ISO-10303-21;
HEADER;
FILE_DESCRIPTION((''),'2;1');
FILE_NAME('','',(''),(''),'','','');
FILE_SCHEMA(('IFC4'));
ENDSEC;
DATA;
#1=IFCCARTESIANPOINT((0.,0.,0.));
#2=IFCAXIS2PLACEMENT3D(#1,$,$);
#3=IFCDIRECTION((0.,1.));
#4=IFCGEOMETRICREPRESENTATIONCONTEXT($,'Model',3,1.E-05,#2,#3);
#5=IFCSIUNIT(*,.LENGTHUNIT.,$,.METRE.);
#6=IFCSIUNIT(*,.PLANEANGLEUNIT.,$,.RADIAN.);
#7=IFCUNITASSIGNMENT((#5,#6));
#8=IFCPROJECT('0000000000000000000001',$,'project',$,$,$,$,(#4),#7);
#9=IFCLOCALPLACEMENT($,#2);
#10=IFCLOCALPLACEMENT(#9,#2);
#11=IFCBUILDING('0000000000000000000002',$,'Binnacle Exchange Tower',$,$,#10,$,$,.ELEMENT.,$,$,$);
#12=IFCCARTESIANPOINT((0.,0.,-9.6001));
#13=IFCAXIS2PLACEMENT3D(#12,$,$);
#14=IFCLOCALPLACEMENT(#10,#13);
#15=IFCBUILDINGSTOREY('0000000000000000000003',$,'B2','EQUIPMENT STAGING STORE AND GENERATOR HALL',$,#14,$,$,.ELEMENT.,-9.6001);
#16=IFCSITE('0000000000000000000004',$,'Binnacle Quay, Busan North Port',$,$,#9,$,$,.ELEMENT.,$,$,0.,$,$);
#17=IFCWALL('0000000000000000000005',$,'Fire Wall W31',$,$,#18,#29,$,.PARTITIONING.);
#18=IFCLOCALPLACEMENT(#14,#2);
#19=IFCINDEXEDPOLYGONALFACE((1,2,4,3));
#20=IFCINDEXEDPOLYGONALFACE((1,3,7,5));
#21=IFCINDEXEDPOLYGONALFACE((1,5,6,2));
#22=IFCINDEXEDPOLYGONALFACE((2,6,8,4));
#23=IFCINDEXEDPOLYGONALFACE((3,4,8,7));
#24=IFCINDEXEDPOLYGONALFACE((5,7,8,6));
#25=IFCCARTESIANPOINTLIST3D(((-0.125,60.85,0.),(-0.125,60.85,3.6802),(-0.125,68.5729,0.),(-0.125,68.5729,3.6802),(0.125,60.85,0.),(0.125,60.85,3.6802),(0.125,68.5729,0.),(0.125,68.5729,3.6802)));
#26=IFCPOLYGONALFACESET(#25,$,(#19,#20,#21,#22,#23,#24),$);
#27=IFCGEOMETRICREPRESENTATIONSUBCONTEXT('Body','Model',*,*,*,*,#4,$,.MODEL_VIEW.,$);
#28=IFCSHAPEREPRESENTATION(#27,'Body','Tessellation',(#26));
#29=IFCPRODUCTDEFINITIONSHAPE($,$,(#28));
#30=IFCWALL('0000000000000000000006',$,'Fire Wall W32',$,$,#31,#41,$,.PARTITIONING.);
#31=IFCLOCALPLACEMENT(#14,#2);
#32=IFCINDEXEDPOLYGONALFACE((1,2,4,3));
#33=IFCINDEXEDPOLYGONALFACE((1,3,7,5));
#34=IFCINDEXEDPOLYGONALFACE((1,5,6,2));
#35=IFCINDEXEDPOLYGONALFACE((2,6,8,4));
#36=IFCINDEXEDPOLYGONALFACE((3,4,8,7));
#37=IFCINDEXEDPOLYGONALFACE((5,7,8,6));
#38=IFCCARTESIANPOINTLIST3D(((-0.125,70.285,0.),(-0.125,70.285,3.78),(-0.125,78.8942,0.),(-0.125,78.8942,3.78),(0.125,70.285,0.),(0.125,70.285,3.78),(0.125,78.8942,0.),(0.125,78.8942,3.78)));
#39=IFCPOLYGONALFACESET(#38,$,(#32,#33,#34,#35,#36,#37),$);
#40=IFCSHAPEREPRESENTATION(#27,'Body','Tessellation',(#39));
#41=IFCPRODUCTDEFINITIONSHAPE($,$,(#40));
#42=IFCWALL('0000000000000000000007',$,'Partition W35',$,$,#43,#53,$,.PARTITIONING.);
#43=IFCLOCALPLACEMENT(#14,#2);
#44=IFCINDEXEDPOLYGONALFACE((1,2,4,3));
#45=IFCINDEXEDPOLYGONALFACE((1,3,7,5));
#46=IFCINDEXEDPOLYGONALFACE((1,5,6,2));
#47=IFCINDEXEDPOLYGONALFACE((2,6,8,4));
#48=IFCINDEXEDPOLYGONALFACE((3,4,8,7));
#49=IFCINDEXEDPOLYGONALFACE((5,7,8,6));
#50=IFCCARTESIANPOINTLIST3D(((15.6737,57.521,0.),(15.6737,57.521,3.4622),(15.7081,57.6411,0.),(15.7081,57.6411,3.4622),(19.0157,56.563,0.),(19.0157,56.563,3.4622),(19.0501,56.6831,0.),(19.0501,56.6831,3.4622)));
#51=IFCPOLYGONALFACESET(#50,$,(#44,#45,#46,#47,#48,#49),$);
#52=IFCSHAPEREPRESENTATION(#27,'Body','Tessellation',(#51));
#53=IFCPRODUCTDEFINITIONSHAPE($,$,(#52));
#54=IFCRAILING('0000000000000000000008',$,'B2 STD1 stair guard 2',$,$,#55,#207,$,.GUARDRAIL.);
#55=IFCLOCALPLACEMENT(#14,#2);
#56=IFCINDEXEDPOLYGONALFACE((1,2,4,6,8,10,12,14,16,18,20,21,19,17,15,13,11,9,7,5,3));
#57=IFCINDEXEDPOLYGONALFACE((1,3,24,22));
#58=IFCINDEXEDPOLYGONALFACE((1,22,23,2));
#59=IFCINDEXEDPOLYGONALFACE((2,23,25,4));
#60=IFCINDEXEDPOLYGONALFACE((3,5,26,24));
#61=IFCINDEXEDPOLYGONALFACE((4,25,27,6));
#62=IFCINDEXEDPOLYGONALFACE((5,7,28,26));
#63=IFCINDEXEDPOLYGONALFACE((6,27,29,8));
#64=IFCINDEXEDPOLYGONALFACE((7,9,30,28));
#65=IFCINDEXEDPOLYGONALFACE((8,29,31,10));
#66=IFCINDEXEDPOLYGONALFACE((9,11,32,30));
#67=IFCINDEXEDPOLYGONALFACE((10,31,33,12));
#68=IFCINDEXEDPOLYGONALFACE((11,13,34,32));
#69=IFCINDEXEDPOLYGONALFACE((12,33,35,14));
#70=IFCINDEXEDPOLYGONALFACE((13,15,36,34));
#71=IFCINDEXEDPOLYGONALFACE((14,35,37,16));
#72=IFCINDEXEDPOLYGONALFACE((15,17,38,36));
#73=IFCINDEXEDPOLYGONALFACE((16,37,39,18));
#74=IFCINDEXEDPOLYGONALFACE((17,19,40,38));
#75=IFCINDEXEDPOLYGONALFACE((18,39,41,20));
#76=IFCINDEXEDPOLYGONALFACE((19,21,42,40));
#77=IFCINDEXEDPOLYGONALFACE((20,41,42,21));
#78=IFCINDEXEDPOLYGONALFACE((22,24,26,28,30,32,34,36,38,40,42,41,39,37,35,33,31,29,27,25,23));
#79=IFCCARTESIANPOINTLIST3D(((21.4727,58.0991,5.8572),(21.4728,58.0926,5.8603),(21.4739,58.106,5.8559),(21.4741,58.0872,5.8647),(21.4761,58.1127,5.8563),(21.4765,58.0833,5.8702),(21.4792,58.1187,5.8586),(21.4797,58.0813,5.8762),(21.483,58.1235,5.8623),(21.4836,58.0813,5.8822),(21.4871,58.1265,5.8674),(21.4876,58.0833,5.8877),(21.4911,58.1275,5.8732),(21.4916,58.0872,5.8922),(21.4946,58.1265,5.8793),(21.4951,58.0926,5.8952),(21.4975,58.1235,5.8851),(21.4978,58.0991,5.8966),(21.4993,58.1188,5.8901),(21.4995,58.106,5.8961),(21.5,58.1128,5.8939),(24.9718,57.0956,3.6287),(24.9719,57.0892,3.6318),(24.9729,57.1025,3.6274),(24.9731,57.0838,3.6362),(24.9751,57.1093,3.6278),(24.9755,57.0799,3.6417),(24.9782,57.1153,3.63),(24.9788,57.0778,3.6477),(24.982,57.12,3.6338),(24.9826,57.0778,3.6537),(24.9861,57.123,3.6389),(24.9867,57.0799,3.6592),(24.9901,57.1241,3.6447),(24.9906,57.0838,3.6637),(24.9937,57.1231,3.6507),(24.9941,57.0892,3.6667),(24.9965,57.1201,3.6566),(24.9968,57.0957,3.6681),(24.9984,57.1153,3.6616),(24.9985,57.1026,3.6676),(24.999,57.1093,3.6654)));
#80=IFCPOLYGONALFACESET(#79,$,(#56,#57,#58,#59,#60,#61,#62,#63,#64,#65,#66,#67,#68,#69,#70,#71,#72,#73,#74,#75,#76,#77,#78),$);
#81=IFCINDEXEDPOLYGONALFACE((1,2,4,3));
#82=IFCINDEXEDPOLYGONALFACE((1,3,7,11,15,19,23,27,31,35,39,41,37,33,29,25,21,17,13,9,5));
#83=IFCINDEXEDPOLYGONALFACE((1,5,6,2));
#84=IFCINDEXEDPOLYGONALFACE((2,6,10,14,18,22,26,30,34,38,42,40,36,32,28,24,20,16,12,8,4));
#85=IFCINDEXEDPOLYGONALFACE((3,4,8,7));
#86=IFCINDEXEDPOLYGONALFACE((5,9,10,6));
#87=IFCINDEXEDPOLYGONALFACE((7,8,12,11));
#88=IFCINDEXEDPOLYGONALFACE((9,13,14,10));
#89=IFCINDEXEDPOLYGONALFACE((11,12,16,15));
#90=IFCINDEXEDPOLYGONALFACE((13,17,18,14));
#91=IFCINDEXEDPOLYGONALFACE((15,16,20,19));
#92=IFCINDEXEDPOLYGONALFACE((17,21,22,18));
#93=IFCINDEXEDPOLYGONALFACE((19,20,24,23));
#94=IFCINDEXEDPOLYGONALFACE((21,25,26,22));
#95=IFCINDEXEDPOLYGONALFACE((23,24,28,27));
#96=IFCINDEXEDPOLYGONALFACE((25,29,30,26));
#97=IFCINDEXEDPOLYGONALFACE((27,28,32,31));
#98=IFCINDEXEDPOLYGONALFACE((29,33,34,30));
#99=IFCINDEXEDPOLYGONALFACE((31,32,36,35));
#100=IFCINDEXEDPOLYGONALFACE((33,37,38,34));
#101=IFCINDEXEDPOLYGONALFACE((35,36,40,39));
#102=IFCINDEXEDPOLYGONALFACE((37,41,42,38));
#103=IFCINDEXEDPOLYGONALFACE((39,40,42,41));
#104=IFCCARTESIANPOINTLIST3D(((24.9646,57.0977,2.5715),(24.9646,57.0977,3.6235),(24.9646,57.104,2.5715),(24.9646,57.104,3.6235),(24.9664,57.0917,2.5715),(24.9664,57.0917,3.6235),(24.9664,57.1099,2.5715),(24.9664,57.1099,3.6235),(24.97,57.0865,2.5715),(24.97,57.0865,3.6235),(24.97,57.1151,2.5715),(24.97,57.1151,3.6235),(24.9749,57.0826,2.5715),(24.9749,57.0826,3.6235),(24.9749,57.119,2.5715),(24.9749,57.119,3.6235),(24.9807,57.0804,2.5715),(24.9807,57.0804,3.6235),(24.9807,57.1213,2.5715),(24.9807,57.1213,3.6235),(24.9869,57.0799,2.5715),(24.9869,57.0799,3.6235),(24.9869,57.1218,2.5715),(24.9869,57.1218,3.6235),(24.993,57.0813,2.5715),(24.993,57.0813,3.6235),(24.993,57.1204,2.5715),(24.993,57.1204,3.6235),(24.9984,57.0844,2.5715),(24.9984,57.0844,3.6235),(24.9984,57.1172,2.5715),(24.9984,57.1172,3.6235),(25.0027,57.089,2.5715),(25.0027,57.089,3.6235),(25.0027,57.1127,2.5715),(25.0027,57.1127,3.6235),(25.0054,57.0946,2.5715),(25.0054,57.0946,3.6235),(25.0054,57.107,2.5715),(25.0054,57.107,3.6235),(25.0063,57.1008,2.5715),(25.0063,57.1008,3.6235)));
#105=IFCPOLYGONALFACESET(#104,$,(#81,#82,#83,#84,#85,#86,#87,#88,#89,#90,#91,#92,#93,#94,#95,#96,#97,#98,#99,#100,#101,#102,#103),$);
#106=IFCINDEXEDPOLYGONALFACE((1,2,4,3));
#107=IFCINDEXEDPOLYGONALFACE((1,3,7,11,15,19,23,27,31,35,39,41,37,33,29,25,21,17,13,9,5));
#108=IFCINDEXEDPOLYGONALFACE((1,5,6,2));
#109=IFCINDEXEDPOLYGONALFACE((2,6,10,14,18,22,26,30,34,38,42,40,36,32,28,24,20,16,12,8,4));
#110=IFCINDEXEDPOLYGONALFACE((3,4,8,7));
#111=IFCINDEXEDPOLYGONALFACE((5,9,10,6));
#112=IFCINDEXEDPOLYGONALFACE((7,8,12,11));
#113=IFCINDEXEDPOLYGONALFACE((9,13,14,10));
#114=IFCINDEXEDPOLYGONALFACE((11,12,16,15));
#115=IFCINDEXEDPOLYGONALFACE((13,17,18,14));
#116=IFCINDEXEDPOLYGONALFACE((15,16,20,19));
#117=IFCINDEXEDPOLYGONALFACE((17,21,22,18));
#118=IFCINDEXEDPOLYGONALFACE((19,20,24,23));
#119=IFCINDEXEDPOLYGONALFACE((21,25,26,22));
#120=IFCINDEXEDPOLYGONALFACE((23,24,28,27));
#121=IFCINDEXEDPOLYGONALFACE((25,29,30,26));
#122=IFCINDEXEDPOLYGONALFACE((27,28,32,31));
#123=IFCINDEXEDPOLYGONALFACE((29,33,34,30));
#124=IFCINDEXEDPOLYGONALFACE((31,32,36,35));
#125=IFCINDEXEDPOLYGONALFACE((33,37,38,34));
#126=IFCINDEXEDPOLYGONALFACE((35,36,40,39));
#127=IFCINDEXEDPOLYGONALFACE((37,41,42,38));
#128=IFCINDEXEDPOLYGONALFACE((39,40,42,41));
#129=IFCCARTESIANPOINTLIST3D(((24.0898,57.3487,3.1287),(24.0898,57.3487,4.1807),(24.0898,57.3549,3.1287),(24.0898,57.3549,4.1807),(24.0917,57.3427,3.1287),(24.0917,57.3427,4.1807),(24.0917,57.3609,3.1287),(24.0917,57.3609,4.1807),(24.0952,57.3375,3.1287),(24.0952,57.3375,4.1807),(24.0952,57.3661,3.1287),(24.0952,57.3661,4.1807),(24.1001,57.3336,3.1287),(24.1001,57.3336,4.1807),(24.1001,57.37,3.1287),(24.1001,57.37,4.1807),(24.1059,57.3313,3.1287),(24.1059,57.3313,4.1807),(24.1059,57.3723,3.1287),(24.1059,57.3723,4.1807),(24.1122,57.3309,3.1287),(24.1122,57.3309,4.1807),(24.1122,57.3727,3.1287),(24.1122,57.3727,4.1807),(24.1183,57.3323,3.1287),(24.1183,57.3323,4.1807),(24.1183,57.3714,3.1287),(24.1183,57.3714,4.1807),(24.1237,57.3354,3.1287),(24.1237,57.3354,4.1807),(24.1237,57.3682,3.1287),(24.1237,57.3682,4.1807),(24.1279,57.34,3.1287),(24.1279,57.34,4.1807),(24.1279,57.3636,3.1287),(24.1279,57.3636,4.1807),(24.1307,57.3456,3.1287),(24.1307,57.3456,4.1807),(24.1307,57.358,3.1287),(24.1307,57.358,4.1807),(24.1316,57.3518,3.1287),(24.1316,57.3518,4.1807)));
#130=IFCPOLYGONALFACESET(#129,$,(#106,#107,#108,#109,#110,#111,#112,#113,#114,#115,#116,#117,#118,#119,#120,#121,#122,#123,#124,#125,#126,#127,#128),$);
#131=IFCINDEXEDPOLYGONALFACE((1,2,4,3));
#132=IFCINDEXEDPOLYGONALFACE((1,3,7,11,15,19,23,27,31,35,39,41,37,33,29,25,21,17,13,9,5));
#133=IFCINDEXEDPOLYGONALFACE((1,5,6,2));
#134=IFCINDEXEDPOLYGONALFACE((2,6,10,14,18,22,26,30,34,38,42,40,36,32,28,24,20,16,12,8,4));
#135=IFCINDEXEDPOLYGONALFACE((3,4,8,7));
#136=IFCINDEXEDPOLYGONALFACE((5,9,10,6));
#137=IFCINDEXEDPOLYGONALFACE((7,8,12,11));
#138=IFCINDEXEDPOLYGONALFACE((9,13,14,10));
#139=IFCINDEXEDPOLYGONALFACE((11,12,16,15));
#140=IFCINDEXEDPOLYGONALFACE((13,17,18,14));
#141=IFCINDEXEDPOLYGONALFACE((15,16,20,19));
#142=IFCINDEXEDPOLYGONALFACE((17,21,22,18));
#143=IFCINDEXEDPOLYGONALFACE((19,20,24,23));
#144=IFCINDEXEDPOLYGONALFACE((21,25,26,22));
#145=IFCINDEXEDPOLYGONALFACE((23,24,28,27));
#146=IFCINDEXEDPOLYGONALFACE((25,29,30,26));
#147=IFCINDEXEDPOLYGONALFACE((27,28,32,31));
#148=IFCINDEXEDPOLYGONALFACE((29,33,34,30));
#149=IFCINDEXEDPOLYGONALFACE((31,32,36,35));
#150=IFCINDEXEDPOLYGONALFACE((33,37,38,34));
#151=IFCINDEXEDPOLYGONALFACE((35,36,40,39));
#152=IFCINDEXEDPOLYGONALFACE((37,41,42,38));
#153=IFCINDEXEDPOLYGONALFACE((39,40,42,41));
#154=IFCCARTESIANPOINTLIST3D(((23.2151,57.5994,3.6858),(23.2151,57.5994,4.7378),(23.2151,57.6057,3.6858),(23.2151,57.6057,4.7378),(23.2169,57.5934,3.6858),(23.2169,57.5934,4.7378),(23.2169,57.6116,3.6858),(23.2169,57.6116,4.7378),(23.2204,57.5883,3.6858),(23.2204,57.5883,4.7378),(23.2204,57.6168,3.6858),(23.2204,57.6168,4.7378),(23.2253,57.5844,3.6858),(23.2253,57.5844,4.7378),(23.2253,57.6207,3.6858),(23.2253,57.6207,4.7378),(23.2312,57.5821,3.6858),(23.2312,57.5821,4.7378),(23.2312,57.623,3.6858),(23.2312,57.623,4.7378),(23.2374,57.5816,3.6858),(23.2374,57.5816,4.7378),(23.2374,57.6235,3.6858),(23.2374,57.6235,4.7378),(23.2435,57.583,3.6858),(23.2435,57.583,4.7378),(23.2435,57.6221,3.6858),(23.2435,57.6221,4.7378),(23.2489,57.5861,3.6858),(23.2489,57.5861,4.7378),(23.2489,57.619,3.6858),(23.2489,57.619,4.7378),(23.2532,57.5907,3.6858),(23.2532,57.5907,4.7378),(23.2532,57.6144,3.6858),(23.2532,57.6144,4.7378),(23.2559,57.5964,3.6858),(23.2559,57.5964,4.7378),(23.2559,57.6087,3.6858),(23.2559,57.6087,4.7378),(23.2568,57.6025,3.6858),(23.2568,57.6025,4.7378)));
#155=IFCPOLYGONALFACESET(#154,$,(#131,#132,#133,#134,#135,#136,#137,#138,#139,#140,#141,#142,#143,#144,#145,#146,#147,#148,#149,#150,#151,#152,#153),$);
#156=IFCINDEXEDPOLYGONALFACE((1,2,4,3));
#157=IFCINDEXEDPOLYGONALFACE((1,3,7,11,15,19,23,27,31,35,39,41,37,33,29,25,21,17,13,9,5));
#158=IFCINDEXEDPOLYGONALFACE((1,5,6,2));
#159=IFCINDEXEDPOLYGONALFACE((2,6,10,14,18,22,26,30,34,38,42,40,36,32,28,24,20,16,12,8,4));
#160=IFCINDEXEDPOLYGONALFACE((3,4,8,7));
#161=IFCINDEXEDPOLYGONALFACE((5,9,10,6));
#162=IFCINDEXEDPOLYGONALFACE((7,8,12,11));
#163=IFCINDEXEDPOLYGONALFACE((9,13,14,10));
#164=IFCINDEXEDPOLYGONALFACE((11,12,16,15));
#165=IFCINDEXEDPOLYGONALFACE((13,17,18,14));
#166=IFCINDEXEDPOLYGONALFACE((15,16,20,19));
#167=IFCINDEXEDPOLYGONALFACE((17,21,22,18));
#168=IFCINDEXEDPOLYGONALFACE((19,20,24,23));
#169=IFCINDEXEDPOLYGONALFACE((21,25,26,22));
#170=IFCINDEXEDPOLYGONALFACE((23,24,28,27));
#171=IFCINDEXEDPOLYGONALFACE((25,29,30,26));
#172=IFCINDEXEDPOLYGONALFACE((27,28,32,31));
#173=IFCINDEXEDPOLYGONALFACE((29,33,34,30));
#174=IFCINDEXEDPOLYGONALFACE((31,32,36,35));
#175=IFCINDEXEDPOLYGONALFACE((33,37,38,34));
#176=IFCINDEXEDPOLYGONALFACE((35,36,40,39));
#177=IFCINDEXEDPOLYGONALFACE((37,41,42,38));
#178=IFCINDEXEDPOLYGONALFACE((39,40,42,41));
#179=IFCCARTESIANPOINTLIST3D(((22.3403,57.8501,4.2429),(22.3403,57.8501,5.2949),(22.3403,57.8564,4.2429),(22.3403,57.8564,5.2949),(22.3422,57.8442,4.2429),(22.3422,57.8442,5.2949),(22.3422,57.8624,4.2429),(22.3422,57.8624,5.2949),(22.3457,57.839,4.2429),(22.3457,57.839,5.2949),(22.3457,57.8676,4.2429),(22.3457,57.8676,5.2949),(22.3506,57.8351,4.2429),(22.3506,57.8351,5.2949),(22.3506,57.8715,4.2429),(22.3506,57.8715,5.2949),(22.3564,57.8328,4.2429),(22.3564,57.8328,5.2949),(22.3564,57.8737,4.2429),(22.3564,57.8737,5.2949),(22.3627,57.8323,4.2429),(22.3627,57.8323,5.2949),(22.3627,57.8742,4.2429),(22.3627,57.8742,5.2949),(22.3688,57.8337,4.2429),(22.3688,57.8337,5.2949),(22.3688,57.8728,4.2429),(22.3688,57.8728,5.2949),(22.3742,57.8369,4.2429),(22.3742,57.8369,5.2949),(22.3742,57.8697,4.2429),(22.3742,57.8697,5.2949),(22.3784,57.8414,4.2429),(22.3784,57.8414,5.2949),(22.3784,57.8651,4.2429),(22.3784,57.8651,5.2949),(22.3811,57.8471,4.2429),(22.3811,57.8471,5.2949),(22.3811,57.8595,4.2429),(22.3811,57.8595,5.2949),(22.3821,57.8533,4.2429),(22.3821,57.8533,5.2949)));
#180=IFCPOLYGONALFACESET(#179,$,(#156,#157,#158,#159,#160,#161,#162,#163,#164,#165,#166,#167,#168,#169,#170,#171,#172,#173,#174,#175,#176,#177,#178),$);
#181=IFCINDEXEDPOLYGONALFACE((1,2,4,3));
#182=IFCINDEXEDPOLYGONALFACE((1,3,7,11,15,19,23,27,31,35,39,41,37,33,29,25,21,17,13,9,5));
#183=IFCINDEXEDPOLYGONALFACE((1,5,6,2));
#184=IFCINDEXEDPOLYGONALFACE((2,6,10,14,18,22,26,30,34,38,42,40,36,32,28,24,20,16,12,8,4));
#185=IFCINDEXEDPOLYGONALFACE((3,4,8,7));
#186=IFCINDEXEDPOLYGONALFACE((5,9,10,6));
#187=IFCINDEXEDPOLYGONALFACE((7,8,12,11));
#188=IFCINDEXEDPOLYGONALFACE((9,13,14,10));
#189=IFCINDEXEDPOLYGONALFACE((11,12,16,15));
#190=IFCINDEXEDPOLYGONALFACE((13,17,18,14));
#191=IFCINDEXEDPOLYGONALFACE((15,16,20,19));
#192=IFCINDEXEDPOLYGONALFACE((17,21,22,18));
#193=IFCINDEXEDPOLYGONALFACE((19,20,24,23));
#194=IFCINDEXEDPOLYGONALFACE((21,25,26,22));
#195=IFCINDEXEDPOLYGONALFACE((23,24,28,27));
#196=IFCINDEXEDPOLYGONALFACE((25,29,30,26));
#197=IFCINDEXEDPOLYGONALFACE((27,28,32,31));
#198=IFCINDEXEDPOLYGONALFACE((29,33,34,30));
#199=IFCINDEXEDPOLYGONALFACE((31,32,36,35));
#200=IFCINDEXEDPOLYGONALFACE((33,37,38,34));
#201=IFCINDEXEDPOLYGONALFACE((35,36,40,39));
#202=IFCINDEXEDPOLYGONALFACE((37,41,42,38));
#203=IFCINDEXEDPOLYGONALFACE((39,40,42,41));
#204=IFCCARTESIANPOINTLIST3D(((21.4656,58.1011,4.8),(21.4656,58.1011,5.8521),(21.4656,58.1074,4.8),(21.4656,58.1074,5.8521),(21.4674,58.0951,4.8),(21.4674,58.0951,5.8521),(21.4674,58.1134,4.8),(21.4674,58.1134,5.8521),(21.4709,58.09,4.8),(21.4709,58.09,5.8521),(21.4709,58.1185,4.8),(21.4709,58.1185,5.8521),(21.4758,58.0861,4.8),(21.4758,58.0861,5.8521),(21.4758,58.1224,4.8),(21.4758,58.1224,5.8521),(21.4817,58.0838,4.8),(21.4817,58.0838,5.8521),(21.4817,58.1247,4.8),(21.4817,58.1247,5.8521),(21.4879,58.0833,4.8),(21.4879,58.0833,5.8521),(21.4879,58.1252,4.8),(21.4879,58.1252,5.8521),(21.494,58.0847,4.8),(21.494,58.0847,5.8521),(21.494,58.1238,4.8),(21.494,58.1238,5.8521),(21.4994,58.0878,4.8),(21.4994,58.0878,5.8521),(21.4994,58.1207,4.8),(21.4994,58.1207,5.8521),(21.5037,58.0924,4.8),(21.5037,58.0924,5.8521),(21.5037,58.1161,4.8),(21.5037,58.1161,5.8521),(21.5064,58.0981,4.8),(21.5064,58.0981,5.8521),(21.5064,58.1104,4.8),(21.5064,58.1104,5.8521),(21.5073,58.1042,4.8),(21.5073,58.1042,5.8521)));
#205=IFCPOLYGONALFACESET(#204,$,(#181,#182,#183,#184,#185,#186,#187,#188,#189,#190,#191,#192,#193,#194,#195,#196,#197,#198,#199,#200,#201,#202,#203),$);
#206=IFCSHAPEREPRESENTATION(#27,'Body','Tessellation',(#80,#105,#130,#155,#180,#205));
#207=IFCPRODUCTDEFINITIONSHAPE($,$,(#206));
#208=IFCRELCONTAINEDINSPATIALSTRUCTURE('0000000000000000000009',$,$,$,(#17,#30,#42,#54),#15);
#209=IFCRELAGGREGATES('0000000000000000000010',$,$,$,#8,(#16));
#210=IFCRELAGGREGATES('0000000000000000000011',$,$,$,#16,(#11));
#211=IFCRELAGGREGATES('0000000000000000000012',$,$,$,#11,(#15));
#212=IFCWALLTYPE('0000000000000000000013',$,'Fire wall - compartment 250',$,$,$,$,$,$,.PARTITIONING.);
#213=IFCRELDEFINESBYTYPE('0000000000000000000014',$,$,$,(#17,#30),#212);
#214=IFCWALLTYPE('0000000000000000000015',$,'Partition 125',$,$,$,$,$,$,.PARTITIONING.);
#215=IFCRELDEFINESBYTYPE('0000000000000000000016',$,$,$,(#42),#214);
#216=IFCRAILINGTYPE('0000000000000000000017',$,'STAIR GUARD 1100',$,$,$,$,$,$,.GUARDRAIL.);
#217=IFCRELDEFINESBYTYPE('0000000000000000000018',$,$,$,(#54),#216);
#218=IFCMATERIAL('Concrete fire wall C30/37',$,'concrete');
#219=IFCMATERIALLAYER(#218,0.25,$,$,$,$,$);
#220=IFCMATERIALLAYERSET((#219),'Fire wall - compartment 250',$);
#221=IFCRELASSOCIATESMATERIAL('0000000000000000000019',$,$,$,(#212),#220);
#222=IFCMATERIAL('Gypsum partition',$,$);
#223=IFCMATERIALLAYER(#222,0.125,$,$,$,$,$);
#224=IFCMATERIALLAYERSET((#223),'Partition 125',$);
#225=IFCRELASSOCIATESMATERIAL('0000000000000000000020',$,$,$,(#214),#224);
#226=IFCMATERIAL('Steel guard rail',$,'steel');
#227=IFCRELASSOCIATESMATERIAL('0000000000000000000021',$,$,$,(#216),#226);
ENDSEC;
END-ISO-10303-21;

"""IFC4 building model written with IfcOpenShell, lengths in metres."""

from ifc_helpers import new_model, si_unit, direction, frame, frame_2d, origin, origin_2d, place, context, subcontext, project, spatial, rectangle, circle, extrude, material, layer, layer_set, type_object, element, save


model = new_model("IFC4")

# Units and contexts
model_context = context("Model", 3, precision=1e-05, world=origin(), true_north=direction((0.0, 1.0)))
body_context = subcontext(model_context, "Body", "Model", "MODEL_VIEW")
ifc_project = project(units=[si_unit("LENGTHUNIT", "METRE"), si_unit("PLANEANGLEUNIT", "RADIAN")], contexts=[model_context])

# Site, building, storey
site_placement = place(None, origin())
site = spatial("IfcSite", under=ifc_project, at=site_placement, Name="Binnacle Quay, Busan North Port", CompositionType="ELEMENT", RefElevation=0.0)
building_placement = place(site_placement, origin())
building = spatial("IfcBuilding", under=site, at=building_placement, Name="Binnacle Exchange Tower", CompositionType="ELEMENT")
storey_placement = place(building_placement, frame((0.0, 0.0, -9.6001)))
storey = spatial("IfcBuildingStorey", under=building, at=storey_placement, Name="B2", Description="EQUIPMENT STAGING STORE AND GENERATOR HALL", CompositionType="ELEMENT", Elevation=-9.6001)

# Walls
ifc_material_1 = material(Name="Concrete fire wall C30/37", Category="concrete")
ifc_layer_1 = layer(ifc_material_1, 0.25)
ifc_layer_set_1 = layer_set([ifc_layer_1], Name="Fire wall - compartment 250")
wall_type_1 = type_object("IfcWallType", Name="Fire wall - compartment 250", PredefinedType="PARTITIONING", material=ifc_layer_set_1)
wall_1_placement = place(storey_placement, frame((0.0, 60.8501, 0.0), z_axis=(0.0, 0.0, 1.0), x_axis=(0.0, 1.0, 0.0)))
element("IfcWall", 1, at=wall_1_placement, inside=storey, type_object=wall_type_1, Name="Fire Wall W31", PredefinedType="PARTITIONING", context=body_context, shape_type="SweptSolid", body=[
    extrude(rectangle(XDim=7.7229, YDim=0.25, at=frame_2d((3.8613, 0.0))), origin(), (0.0, 0.0, 1.0), 3.6802),
])
wall_2_placement = place(storey_placement, frame((0.0, 70.2849, 0.0), z_axis=(0.0, 0.0, 1.0), x_axis=(0.0, 1.0, 0.0)))
element("IfcWall", 2, at=wall_2_placement, inside=storey, type_object=wall_type_1, Name="Fire Wall W32", PredefinedType="PARTITIONING", context=body_context, shape_type="SweptSolid", body=[
    extrude(rectangle(XDim=8.6091, YDim=0.25, at=frame_2d((4.3047, 0.0))), origin(), (0.0, 0.0, 1.0), 3.78),
])
ifc_material_2 = material(Name="Gypsum partition")
ifc_layer_2 = layer(ifc_material_2, 0.125)
ifc_layer_set_2 = layer_set([ifc_layer_2], Name="Partition 125")
wall_type_2 = type_object("IfcWallType", Name="Partition 125", PredefinedType="PARTITIONING", material=ifc_layer_set_2)
wall_3_placement = place(storey_placement, frame((15.6909, 57.5811, 0.0), z_axis=(0.0, 0.0, 1.0), x_axis=(0.961285, -0.275556, 0.0)))
element("IfcWall", 3, at=wall_3_placement, inside=storey, type_object=wall_type_2, Name="Partition W35", PredefinedType="PARTITIONING", context=body_context, shape_type="SweptSolid", body=[
    extrude(rectangle(XDim=3.4766, YDim=0.125, at=frame_2d((1.7383, 0.0))), origin(), (0.0, 0.0, 1.0), 3.4622),
])

# Railing
ifc_material_3 = material(Name="Steel guard rail", Category="steel")
railing_type = type_object("IfcRailingType", Name="STAIR GUARD 1100", PredefinedType="GUARDRAIL", material=ifc_material_3)
railing_1_placement = place(storey_placement, frame((24.9854, 57.1008, 2.5715)))
element("IfcRailing", 4, at=railing_1_placement, inside=storey, type_object=railing_type, Name="B2 STD1 stair guard 2", PredefinedType="GUARDRAIL", context=body_context, shape_type="SweptSolid", body=[
    extrude(circle(Radius=0.0239, at=origin_2d()), frame((0.0, 0.0, 1.0762), z_axis=(-0.819817, 0.2351, 0.522138), x_axis=(-0.27566, -0.961255, 0.0)), (0.0, 0.0, 1.0), 4.2681),
    extrude(circle(Radius=0.021, at=origin_2d()), origin(), (0.0, 0.0, 1.0), 1.052),
    extrude(circle(Radius=0.021, at=origin_2d()), frame((-0.8748, 0.251, 0.5571)), (0.0, 0.0, 1.0), 1.052),
    extrude(circle(Radius=0.021, at=origin_2d()), frame((-1.7495, 0.5017, 1.1143)), (0.0, 0.0, 1.0), 1.052),
    extrude(circle(Radius=0.021, at=origin_2d()), frame((-2.6243, 0.7524, 1.6714)), (0.0, 0.0, 1.0), 1.052),
    extrude(circle(Radius=0.021, at=origin_2d()), frame((-3.499, 1.0034, 2.2285)), (0.0, 0.0, 1.0), 1.052),
])

save(model, "model.ifc")
